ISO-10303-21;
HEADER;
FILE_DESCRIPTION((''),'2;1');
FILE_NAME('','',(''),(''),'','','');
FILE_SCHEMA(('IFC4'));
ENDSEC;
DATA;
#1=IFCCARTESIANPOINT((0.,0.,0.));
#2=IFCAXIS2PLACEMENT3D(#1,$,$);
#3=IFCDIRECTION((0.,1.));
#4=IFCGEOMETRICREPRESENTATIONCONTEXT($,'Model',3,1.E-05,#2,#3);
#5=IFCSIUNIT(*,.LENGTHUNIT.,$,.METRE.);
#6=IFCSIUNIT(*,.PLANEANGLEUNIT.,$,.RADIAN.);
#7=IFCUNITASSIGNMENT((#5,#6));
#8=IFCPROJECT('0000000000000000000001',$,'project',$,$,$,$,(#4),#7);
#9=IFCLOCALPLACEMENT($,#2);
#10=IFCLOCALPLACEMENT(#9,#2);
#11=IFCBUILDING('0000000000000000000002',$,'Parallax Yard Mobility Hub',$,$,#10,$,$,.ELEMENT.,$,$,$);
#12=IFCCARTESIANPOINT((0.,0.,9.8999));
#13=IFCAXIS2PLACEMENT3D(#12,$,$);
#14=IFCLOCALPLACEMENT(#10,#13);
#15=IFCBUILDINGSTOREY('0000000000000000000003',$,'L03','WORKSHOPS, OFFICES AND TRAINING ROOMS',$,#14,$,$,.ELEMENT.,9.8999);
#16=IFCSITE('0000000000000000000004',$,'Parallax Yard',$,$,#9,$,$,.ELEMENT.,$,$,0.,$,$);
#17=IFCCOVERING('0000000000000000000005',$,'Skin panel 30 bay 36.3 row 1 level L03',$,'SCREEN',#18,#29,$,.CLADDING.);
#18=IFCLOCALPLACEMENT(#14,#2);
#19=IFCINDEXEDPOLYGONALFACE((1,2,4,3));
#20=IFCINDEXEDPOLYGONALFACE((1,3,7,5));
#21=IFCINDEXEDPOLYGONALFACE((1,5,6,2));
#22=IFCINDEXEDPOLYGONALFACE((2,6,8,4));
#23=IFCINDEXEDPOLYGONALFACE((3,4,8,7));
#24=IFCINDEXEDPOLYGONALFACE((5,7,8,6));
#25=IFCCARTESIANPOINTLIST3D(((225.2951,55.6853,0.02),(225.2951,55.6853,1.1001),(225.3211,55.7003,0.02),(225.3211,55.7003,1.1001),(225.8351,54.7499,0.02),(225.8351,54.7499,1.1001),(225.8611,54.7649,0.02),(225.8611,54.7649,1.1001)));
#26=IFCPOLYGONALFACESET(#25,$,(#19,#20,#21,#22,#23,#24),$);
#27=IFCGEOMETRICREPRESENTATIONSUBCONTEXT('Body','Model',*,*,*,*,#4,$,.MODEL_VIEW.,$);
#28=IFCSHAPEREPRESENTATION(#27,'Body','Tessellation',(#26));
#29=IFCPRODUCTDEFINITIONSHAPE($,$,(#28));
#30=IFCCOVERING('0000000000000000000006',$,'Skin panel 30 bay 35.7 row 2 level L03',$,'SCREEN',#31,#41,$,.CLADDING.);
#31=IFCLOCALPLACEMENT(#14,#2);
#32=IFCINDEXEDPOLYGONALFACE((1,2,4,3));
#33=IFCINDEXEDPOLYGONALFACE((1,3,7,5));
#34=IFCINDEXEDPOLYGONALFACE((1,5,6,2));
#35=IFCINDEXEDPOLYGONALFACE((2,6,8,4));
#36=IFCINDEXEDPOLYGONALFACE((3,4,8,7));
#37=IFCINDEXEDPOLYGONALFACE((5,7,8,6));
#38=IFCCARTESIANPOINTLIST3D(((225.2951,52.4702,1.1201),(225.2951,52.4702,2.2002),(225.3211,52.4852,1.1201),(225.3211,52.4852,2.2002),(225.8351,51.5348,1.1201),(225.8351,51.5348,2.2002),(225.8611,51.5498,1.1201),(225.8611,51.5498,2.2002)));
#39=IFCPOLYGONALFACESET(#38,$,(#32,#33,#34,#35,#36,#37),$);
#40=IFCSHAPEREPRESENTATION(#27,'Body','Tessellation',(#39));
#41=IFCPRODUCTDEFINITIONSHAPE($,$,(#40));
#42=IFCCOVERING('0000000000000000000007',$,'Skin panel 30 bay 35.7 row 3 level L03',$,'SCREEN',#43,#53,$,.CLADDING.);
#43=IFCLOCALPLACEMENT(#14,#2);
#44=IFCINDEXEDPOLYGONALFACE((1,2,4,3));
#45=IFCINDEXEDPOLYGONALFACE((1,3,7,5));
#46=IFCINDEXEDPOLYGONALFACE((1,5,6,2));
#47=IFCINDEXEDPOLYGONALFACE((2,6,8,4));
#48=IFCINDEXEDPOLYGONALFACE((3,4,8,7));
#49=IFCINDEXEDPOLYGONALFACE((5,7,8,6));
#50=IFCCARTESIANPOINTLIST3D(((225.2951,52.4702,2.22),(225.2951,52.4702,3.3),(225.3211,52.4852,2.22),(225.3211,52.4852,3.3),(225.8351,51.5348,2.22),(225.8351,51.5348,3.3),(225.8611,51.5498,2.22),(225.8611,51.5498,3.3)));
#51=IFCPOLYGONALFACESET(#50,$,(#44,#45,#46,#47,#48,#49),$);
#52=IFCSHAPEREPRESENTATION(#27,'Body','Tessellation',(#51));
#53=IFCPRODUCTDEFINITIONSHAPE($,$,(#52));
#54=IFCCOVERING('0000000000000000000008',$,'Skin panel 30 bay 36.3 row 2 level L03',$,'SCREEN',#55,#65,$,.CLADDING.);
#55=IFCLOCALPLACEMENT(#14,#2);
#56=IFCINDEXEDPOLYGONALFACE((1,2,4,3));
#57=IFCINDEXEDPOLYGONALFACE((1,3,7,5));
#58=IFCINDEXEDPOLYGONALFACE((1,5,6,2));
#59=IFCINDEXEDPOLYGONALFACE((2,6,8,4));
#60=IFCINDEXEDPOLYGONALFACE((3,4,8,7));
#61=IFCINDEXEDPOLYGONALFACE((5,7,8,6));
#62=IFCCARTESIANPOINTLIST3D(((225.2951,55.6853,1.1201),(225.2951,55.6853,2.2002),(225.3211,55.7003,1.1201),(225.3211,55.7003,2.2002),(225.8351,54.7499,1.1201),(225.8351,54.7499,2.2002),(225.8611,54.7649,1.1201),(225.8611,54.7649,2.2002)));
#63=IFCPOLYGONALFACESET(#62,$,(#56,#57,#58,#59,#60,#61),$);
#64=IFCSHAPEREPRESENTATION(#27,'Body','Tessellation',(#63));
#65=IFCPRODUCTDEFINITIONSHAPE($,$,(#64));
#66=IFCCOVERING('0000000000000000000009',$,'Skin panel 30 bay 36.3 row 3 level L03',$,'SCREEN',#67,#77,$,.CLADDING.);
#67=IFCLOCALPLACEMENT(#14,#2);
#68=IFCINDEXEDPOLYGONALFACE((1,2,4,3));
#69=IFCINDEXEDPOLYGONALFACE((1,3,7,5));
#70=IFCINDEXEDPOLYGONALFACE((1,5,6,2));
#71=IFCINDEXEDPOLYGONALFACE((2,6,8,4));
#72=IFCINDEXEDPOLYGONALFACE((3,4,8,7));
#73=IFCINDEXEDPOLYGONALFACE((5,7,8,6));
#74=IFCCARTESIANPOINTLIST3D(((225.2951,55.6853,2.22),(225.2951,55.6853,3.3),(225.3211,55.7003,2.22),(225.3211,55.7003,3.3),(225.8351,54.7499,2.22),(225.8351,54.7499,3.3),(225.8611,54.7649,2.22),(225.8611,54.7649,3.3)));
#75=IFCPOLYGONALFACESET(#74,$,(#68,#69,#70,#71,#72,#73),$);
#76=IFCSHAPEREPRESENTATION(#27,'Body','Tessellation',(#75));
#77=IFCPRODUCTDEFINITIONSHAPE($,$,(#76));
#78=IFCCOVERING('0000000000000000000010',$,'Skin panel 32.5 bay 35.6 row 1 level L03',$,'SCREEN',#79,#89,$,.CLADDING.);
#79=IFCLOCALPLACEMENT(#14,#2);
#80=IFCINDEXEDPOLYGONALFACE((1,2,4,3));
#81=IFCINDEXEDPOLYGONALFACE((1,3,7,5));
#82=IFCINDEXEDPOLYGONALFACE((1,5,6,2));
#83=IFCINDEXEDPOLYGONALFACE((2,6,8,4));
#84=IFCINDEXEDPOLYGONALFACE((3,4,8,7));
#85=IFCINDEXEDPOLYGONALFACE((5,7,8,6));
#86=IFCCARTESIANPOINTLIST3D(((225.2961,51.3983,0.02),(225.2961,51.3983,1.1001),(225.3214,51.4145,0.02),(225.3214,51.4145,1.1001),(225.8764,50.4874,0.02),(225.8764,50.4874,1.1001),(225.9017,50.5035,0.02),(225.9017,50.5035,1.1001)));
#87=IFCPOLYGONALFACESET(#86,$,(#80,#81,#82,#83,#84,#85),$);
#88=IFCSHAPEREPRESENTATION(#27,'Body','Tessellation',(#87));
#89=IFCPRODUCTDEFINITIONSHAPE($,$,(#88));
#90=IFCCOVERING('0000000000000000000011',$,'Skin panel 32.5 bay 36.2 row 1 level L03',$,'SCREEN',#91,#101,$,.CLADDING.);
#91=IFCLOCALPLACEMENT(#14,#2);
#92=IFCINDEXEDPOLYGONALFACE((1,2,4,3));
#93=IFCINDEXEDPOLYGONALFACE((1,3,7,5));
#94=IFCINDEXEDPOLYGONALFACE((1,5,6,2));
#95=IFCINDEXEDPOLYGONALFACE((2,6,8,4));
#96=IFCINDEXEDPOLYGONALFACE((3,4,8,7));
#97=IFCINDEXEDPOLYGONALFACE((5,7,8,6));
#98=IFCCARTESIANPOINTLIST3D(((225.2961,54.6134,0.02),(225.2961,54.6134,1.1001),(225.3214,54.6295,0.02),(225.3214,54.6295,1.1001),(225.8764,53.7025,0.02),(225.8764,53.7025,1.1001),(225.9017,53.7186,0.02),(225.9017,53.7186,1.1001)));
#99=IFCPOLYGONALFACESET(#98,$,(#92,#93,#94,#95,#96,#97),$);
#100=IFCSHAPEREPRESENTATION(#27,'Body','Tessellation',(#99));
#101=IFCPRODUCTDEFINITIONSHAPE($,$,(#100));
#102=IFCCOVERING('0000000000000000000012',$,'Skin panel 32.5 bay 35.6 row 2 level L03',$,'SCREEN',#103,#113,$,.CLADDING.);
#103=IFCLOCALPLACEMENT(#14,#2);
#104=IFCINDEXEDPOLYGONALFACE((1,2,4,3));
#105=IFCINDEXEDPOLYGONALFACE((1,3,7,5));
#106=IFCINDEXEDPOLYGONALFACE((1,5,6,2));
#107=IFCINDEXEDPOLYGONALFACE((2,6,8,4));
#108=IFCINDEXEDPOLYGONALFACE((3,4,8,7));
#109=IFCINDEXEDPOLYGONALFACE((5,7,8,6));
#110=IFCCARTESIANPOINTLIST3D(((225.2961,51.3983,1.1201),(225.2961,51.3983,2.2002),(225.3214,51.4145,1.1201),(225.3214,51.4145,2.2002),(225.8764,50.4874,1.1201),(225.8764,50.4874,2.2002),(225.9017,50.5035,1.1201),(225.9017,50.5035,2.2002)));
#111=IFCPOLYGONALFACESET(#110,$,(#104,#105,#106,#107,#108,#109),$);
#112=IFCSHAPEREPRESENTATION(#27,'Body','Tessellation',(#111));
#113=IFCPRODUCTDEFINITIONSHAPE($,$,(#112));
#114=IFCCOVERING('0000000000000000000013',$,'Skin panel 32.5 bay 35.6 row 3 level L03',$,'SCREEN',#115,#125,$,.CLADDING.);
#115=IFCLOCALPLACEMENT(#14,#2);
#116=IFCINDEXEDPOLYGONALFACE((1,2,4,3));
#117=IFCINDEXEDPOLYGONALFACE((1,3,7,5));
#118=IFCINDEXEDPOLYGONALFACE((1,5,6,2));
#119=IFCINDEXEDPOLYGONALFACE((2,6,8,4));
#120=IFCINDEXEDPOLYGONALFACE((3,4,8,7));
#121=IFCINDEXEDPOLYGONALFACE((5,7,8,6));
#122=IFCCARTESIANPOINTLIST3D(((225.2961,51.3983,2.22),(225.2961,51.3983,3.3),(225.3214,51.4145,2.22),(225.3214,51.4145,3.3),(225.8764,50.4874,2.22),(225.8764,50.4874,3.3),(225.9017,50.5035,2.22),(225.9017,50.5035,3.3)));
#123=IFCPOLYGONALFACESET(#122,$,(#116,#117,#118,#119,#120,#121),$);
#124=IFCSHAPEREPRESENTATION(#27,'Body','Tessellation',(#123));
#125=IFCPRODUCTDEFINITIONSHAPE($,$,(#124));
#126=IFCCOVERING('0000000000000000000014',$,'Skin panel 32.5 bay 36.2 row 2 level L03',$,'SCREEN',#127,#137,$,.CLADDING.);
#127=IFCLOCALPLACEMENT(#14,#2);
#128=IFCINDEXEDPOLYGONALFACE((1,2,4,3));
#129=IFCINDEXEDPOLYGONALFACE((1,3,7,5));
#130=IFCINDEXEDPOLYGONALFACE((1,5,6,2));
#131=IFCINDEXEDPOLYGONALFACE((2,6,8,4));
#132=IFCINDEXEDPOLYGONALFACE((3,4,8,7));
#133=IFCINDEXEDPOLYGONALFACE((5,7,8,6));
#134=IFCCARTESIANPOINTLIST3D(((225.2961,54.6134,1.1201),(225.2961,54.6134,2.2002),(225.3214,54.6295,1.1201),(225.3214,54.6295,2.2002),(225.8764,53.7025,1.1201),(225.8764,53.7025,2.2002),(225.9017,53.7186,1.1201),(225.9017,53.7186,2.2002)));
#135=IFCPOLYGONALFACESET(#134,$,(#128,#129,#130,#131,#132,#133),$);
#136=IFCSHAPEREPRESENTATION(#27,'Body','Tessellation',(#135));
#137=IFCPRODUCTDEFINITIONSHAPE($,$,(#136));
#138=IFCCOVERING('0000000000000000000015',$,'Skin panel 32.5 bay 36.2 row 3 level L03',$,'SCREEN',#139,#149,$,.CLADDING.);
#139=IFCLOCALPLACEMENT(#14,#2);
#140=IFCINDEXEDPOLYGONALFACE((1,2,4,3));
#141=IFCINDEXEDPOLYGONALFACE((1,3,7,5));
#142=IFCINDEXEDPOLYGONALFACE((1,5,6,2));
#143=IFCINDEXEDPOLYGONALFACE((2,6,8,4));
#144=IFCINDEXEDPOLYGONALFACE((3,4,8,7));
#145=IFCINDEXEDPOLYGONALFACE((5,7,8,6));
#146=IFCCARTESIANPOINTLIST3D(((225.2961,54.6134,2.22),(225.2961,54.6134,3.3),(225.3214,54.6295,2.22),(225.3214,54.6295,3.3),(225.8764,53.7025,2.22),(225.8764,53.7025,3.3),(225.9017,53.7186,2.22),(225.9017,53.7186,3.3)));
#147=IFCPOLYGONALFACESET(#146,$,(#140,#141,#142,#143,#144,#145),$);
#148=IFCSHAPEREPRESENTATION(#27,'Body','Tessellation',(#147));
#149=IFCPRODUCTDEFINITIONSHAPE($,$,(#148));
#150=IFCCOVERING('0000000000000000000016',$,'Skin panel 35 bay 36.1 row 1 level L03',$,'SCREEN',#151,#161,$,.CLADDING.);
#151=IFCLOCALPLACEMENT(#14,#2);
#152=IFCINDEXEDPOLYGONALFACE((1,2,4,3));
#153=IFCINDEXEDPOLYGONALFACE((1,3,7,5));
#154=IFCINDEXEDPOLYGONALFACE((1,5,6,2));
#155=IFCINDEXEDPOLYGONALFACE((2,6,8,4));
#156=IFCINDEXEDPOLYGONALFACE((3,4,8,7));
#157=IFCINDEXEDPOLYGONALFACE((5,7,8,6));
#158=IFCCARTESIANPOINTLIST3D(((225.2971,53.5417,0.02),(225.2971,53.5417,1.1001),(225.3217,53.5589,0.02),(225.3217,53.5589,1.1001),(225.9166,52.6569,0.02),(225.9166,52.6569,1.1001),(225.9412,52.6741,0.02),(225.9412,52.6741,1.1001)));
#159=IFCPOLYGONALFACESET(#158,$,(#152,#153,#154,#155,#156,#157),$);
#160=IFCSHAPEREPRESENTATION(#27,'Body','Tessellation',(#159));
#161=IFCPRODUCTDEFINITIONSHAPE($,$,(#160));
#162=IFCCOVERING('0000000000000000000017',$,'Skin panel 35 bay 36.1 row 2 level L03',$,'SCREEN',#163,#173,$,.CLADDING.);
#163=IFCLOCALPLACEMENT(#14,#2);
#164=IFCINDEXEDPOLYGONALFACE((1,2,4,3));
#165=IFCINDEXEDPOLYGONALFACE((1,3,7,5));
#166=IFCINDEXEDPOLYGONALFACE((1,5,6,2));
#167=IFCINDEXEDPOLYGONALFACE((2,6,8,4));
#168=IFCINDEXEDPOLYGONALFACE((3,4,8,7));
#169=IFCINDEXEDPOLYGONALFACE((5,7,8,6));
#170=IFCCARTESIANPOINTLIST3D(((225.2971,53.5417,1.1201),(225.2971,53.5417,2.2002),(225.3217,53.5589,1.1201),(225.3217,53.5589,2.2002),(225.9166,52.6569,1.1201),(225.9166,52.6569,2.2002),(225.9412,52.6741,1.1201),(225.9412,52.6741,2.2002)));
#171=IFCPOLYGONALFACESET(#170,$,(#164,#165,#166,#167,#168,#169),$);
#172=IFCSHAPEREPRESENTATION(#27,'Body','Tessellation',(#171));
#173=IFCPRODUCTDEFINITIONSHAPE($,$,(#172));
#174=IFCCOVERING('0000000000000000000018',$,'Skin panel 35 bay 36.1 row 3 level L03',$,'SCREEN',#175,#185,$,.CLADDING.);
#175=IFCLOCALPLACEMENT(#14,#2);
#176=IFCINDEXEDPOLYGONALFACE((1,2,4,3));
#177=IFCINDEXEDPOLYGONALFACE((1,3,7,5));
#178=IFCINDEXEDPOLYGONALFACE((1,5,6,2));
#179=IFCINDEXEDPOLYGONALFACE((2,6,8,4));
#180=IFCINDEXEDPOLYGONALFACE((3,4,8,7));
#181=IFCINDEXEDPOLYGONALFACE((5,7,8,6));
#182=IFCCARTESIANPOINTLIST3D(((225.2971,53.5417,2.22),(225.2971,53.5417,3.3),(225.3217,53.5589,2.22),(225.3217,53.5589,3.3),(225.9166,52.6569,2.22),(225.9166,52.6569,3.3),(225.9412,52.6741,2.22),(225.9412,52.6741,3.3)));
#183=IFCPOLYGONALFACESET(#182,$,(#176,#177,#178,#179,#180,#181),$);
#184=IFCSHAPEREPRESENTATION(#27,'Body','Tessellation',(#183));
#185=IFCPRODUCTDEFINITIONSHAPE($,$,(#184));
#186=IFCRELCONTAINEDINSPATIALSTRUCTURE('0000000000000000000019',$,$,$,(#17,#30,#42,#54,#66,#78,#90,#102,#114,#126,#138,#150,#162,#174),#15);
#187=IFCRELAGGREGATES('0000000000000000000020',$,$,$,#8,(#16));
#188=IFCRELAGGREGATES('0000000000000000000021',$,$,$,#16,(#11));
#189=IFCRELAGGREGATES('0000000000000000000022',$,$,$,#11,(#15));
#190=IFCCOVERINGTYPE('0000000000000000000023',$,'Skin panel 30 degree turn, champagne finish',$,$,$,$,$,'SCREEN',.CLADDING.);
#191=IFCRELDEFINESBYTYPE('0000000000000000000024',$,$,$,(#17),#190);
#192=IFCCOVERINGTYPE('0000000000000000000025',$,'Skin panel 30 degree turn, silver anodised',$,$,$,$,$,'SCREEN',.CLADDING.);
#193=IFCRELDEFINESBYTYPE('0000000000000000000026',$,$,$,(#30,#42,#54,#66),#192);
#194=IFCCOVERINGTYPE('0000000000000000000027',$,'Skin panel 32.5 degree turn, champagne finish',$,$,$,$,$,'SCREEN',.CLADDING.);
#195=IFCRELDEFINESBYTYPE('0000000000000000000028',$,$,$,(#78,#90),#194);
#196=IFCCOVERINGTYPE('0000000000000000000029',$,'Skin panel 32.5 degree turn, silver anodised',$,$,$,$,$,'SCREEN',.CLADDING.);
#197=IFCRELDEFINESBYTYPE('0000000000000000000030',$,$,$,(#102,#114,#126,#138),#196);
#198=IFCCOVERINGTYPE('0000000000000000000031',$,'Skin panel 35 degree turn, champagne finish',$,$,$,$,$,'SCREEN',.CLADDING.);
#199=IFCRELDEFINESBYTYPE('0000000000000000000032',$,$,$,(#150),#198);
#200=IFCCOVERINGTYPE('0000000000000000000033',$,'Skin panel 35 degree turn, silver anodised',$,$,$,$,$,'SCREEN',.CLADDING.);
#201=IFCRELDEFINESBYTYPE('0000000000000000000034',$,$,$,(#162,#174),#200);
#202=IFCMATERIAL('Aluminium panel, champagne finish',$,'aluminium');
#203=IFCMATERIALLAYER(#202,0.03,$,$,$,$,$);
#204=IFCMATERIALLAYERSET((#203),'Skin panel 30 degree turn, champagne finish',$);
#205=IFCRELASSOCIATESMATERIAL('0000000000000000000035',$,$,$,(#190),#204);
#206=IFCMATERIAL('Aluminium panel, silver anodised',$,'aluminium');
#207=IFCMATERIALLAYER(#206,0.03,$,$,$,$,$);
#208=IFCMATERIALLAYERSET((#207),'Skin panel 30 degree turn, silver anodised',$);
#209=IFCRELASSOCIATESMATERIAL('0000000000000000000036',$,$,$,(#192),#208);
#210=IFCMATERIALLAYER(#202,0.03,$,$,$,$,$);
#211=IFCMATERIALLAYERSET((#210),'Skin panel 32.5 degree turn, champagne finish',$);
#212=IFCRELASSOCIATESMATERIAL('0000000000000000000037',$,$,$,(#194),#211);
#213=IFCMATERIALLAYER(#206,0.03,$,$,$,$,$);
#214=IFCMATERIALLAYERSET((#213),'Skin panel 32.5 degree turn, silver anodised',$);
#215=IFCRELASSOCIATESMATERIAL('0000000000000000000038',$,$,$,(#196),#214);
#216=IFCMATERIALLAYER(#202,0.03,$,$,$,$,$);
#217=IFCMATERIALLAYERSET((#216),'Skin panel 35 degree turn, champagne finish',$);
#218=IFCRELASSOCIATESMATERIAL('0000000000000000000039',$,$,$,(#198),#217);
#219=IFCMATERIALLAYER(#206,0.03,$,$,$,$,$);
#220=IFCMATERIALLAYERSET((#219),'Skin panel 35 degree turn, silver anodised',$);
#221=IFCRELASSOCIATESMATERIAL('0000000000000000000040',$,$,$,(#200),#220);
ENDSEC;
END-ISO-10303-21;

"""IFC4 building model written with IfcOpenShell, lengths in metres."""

from ifc_helpers import new_model, si_unit, direction, frame, origin, origin_2d, place, context, subcontext, project, spatial, rectangle, extrude, material, layer, layer_set, type_object, element, save


model = new_model("IFC4")

# Units and contexts
model_context = context("Model", 3, precision=1e-05, world=origin(), true_north=direction((0.0, 1.0)))
body_context = subcontext(model_context, "Body", "Model", "MODEL_VIEW")
ifc_project = project(units=[si_unit("LENGTHUNIT", "METRE"), si_unit("PLANEANGLEUNIT", "RADIAN")], contexts=[model_context])

# Site, building, storey
site_placement = place(None, origin())
site = spatial("IfcSite", under=ifc_project, at=site_placement, Name="Parallax Yard", CompositionType="ELEMENT", RefElevation=0.0)
building_placement = place(site_placement, origin())
building = spatial("IfcBuilding", under=site, at=building_placement, Name="Parallax Yard Mobility Hub", CompositionType="ELEMENT")
storey_placement = place(building_placement, frame((0.0, 0.0, 9.8999)))
storey = spatial("IfcBuildingStorey", under=building, at=storey_placement, Name="L03", Description="WORKSHOPS, OFFICES AND TRAINING ROOMS", CompositionType="ELEMENT", Elevation=9.8999)

# Coverings
ifc_material_1 = material(Name="Aluminium panel, champagne finish", Category="aluminium")
ifc_material_2 = material(Name="Aluminium panel, silver anodised", Category="aluminium")
ifc_layer_1 = layer(ifc_material_1, 0.03)
ifc_layer_set_1 = layer_set([ifc_layer_1], Name="Skin panel 30 degree turn, champagne finish")
covering_type_1 = type_object("IfcCoveringType", Name="Skin panel 30 degree turn, champagne finish", ElementType="SCREEN", PredefinedType="CLADDING", material=ifc_layer_set_1)
for number, where, z_axis, x_axis, name in (
    (1, (225.5781, 55.2251, 0.02), (0.0, 0.0, 1.0), (0.5, -0.866025, 0.0), "Skin panel 30 bay 36.3 row 1 level L03"),
):
    element("IfcCovering", number, at=place(storey_placement, frame(where, z_axis=z_axis, x_axis=x_axis)), inside=storey, type_object=covering_type_1, Name=name, ObjectType="SCREEN", PredefinedType="CLADDING", context=body_context, shape_type="SweptSolid", body=[
        extrude(rectangle(XDim=1.0801, YDim=0.03, at=origin_2d()), origin(), (0.0, 0.0, 1.0), 1.0801),
    ])
ifc_layer_2 = layer(ifc_material_2, 0.03)
ifc_layer_set_2 = layer_set([ifc_layer_2], Name="Skin panel 30 degree turn, silver anodised")
covering_type_2 = type_object("IfcCoveringType", Name="Skin panel 30 degree turn, silver anodised", ElementType="SCREEN", PredefinedType="CLADDING", material=ifc_layer_set_2)
for number, where, z_axis, x_axis, name in (
    (2, (225.5781, 52.01, 1.1201), (0.0, 0.0, 1.0), (0.5, -0.866025, 0.0), "Skin panel 30 bay 35.7 row 2 level L03"),
    (3, (225.5781, 52.01, 2.22), (0.0, 0.0, 1.0), (0.5, -0.866025, 0.0), "Skin panel 30 bay 35.7 row 3 level L03"),
    (4, (225.5781, 55.2251, 1.1201), (0.0, 0.0, 1.0), (0.5, -0.866025, 0.0), "Skin panel 30 bay 36.3 row 2 level L03"),
    (5, (225.5781, 55.2251, 2.22), (0.0, 0.0, 1.0), (0.5, -0.866025, 0.0), "Skin panel 30 bay 36.3 row 3 level L03"),
):
    element("IfcCovering", number, at=place(storey_placement, frame(where, z_axis=z_axis, x_axis=x_axis)), inside=storey, type_object=covering_type_2, Name=name, ObjectType="SCREEN", PredefinedType="CLADDING", context=body_context, shape_type="SweptSolid", body=[
        extrude(rectangle(XDim=1.0801, YDim=0.03, at=origin_2d()), origin(), (0.0, 0.0, 1.0), 1.0801),
    ])
ifc_layer_3 = layer(ifc_material_1, 0.03)
ifc_layer_set_3 = layer_set([ifc_layer_3], Name="Skin panel 32.5 degree turn, champagne finish")
covering_type_3 = type_object("IfcCoveringType", Name="Skin panel 32.5 degree turn, champagne finish", ElementType="SCREEN", PredefinedType="CLADDING", material=ifc_layer_set_3)
for number, where, z_axis, x_axis, name in (
    (6, (225.5989, 50.9509, 0.02), (0.0, 0.0, 1.0), (0.5373, -0.843391, 0.0), "Skin panel 32.5 bay 35.6 row 1 level L03"),
    (7, (225.5989, 54.166, 0.02), (0.0, 0.0, 1.0), (0.5373, -0.843391, 0.0), "Skin panel 32.5 bay 36.2 row 1 level L03"),
):
    element("IfcCovering", number, at=place(storey_placement, frame(where, z_axis=z_axis, x_axis=x_axis)), inside=storey, type_object=covering_type_3, Name=name, ObjectType="SCREEN", PredefinedType="CLADDING", context=body_context, shape_type="SweptSolid", body=[
        extrude(rectangle(XDim=1.0801, YDim=0.03, at=origin_2d()), origin(), (0.0, 0.0, 1.0), 1.0801),
    ])
ifc_layer_4 = layer(ifc_material_2, 0.03)
ifc_layer_set_4 = layer_set([ifc_layer_4], Name="Skin panel 32.5 degree turn, silver anodised")
covering_type_4 = type_object("IfcCoveringType", Name="Skin panel 32.5 degree turn, silver anodised", ElementType="SCREEN", PredefinedType="CLADDING", material=ifc_layer_set_4)
for number, where, z_axis, x_axis, name in (
    (8, (225.5989, 50.9509, 1.1201), (0.0, 0.0, 1.0), (0.5373, -0.843391, 0.0), "Skin panel 32.5 bay 35.6 row 2 level L03"),
    (9, (225.5989, 50.9509, 2.22), (0.0, 0.0, 1.0), (0.5373, -0.843391, 0.0), "Skin panel 32.5 bay 35.6 row 3 level L03"),
    (10, (225.5989, 54.166, 1.1201), (0.0, 0.0, 1.0), (0.5373, -0.843391, 0.0), "Skin panel 32.5 bay 36.2 row 2 level L03"),
    (11, (225.5989, 54.166, 2.22), (0.0, 0.0, 1.0), (0.5373, -0.843391, 0.0), "Skin panel 32.5 bay 36.2 row 3 level L03"),
):
    element("IfcCovering", number, at=place(storey_placement, frame(where, z_axis=z_axis, x_axis=x_axis)), inside=storey, type_object=covering_type_4, Name=name, ObjectType="SCREEN", PredefinedType="CLADDING", context=body_context, shape_type="SweptSolid", body=[
        extrude(rectangle(XDim=1.0801, YDim=0.03, at=origin_2d()), origin(), (0.0, 0.0, 1.0), 1.0801),
    ])
ifc_layer_5 = layer(ifc_material_1, 0.03)
ifc_layer_set_5 = layer_set([ifc_layer_5], Name="Skin panel 35 degree turn, champagne finish")
covering_type_5 = type_object("IfcCoveringType", Name="Skin panel 35 degree turn, champagne finish", ElementType="SCREEN", PredefinedType="CLADDING", material=ifc_layer_set_5)
covering_1_placement = place(storey_placement, frame((225.6191, 53.1079, 0.02), z_axis=(0.0, 0.0, 1.0), x_axis=(0.573576, -0.819152, 0.0)))
element("IfcCovering", 12, at=covering_1_placement, inside=storey, type_object=covering_type_5, Name="Skin panel 35 bay 36.1 row 1 level L03", ObjectType="SCREEN", PredefinedType="CLADDING", context=body_context, shape_type="SweptSolid", body=[
    extrude(rectangle(XDim=1.0801, YDim=0.03, at=origin_2d()), origin(), (0.0, 0.0, 1.0), 1.0801),
])
ifc_layer_6 = layer(ifc_material_2, 0.03)
ifc_layer_set_6 = layer_set([ifc_layer_6], Name="Skin panel 35 degree turn, silver anodised")
covering_type_6 = type_object("IfcCoveringType", Name="Skin panel 35 degree turn, silver anodised", ElementType="SCREEN", PredefinedType="CLADDING", material=ifc_layer_set_6)
for number, where, z_axis, x_axis, name in (
    (13, (225.6191, 53.1079, 1.1201), (0.0, 0.0, 1.0), (0.573576, -0.819152, 0.0), "Skin panel 35 bay 36.1 row 2 level L03"),
    (14, (225.6191, 53.1079, 2.22), (0.0, 0.0, 1.0), (0.573576, -0.819152, 0.0), "Skin panel 35 bay 36.1 row 3 level L03"),
):
    element("IfcCovering", number, at=place(storey_placement, frame(where, z_axis=z_axis, x_axis=x_axis)), inside=storey, type_object=covering_type_6, Name=name, ObjectType="SCREEN", PredefinedType="CLADDING", context=body_context, shape_type="SweptSolid", body=[
        extrude(rectangle(XDim=1.0801, YDim=0.03, at=origin_2d()), origin(), (0.0, 0.0, 1.0), 1.0801),
    ])

save(model, "model.ifc")
